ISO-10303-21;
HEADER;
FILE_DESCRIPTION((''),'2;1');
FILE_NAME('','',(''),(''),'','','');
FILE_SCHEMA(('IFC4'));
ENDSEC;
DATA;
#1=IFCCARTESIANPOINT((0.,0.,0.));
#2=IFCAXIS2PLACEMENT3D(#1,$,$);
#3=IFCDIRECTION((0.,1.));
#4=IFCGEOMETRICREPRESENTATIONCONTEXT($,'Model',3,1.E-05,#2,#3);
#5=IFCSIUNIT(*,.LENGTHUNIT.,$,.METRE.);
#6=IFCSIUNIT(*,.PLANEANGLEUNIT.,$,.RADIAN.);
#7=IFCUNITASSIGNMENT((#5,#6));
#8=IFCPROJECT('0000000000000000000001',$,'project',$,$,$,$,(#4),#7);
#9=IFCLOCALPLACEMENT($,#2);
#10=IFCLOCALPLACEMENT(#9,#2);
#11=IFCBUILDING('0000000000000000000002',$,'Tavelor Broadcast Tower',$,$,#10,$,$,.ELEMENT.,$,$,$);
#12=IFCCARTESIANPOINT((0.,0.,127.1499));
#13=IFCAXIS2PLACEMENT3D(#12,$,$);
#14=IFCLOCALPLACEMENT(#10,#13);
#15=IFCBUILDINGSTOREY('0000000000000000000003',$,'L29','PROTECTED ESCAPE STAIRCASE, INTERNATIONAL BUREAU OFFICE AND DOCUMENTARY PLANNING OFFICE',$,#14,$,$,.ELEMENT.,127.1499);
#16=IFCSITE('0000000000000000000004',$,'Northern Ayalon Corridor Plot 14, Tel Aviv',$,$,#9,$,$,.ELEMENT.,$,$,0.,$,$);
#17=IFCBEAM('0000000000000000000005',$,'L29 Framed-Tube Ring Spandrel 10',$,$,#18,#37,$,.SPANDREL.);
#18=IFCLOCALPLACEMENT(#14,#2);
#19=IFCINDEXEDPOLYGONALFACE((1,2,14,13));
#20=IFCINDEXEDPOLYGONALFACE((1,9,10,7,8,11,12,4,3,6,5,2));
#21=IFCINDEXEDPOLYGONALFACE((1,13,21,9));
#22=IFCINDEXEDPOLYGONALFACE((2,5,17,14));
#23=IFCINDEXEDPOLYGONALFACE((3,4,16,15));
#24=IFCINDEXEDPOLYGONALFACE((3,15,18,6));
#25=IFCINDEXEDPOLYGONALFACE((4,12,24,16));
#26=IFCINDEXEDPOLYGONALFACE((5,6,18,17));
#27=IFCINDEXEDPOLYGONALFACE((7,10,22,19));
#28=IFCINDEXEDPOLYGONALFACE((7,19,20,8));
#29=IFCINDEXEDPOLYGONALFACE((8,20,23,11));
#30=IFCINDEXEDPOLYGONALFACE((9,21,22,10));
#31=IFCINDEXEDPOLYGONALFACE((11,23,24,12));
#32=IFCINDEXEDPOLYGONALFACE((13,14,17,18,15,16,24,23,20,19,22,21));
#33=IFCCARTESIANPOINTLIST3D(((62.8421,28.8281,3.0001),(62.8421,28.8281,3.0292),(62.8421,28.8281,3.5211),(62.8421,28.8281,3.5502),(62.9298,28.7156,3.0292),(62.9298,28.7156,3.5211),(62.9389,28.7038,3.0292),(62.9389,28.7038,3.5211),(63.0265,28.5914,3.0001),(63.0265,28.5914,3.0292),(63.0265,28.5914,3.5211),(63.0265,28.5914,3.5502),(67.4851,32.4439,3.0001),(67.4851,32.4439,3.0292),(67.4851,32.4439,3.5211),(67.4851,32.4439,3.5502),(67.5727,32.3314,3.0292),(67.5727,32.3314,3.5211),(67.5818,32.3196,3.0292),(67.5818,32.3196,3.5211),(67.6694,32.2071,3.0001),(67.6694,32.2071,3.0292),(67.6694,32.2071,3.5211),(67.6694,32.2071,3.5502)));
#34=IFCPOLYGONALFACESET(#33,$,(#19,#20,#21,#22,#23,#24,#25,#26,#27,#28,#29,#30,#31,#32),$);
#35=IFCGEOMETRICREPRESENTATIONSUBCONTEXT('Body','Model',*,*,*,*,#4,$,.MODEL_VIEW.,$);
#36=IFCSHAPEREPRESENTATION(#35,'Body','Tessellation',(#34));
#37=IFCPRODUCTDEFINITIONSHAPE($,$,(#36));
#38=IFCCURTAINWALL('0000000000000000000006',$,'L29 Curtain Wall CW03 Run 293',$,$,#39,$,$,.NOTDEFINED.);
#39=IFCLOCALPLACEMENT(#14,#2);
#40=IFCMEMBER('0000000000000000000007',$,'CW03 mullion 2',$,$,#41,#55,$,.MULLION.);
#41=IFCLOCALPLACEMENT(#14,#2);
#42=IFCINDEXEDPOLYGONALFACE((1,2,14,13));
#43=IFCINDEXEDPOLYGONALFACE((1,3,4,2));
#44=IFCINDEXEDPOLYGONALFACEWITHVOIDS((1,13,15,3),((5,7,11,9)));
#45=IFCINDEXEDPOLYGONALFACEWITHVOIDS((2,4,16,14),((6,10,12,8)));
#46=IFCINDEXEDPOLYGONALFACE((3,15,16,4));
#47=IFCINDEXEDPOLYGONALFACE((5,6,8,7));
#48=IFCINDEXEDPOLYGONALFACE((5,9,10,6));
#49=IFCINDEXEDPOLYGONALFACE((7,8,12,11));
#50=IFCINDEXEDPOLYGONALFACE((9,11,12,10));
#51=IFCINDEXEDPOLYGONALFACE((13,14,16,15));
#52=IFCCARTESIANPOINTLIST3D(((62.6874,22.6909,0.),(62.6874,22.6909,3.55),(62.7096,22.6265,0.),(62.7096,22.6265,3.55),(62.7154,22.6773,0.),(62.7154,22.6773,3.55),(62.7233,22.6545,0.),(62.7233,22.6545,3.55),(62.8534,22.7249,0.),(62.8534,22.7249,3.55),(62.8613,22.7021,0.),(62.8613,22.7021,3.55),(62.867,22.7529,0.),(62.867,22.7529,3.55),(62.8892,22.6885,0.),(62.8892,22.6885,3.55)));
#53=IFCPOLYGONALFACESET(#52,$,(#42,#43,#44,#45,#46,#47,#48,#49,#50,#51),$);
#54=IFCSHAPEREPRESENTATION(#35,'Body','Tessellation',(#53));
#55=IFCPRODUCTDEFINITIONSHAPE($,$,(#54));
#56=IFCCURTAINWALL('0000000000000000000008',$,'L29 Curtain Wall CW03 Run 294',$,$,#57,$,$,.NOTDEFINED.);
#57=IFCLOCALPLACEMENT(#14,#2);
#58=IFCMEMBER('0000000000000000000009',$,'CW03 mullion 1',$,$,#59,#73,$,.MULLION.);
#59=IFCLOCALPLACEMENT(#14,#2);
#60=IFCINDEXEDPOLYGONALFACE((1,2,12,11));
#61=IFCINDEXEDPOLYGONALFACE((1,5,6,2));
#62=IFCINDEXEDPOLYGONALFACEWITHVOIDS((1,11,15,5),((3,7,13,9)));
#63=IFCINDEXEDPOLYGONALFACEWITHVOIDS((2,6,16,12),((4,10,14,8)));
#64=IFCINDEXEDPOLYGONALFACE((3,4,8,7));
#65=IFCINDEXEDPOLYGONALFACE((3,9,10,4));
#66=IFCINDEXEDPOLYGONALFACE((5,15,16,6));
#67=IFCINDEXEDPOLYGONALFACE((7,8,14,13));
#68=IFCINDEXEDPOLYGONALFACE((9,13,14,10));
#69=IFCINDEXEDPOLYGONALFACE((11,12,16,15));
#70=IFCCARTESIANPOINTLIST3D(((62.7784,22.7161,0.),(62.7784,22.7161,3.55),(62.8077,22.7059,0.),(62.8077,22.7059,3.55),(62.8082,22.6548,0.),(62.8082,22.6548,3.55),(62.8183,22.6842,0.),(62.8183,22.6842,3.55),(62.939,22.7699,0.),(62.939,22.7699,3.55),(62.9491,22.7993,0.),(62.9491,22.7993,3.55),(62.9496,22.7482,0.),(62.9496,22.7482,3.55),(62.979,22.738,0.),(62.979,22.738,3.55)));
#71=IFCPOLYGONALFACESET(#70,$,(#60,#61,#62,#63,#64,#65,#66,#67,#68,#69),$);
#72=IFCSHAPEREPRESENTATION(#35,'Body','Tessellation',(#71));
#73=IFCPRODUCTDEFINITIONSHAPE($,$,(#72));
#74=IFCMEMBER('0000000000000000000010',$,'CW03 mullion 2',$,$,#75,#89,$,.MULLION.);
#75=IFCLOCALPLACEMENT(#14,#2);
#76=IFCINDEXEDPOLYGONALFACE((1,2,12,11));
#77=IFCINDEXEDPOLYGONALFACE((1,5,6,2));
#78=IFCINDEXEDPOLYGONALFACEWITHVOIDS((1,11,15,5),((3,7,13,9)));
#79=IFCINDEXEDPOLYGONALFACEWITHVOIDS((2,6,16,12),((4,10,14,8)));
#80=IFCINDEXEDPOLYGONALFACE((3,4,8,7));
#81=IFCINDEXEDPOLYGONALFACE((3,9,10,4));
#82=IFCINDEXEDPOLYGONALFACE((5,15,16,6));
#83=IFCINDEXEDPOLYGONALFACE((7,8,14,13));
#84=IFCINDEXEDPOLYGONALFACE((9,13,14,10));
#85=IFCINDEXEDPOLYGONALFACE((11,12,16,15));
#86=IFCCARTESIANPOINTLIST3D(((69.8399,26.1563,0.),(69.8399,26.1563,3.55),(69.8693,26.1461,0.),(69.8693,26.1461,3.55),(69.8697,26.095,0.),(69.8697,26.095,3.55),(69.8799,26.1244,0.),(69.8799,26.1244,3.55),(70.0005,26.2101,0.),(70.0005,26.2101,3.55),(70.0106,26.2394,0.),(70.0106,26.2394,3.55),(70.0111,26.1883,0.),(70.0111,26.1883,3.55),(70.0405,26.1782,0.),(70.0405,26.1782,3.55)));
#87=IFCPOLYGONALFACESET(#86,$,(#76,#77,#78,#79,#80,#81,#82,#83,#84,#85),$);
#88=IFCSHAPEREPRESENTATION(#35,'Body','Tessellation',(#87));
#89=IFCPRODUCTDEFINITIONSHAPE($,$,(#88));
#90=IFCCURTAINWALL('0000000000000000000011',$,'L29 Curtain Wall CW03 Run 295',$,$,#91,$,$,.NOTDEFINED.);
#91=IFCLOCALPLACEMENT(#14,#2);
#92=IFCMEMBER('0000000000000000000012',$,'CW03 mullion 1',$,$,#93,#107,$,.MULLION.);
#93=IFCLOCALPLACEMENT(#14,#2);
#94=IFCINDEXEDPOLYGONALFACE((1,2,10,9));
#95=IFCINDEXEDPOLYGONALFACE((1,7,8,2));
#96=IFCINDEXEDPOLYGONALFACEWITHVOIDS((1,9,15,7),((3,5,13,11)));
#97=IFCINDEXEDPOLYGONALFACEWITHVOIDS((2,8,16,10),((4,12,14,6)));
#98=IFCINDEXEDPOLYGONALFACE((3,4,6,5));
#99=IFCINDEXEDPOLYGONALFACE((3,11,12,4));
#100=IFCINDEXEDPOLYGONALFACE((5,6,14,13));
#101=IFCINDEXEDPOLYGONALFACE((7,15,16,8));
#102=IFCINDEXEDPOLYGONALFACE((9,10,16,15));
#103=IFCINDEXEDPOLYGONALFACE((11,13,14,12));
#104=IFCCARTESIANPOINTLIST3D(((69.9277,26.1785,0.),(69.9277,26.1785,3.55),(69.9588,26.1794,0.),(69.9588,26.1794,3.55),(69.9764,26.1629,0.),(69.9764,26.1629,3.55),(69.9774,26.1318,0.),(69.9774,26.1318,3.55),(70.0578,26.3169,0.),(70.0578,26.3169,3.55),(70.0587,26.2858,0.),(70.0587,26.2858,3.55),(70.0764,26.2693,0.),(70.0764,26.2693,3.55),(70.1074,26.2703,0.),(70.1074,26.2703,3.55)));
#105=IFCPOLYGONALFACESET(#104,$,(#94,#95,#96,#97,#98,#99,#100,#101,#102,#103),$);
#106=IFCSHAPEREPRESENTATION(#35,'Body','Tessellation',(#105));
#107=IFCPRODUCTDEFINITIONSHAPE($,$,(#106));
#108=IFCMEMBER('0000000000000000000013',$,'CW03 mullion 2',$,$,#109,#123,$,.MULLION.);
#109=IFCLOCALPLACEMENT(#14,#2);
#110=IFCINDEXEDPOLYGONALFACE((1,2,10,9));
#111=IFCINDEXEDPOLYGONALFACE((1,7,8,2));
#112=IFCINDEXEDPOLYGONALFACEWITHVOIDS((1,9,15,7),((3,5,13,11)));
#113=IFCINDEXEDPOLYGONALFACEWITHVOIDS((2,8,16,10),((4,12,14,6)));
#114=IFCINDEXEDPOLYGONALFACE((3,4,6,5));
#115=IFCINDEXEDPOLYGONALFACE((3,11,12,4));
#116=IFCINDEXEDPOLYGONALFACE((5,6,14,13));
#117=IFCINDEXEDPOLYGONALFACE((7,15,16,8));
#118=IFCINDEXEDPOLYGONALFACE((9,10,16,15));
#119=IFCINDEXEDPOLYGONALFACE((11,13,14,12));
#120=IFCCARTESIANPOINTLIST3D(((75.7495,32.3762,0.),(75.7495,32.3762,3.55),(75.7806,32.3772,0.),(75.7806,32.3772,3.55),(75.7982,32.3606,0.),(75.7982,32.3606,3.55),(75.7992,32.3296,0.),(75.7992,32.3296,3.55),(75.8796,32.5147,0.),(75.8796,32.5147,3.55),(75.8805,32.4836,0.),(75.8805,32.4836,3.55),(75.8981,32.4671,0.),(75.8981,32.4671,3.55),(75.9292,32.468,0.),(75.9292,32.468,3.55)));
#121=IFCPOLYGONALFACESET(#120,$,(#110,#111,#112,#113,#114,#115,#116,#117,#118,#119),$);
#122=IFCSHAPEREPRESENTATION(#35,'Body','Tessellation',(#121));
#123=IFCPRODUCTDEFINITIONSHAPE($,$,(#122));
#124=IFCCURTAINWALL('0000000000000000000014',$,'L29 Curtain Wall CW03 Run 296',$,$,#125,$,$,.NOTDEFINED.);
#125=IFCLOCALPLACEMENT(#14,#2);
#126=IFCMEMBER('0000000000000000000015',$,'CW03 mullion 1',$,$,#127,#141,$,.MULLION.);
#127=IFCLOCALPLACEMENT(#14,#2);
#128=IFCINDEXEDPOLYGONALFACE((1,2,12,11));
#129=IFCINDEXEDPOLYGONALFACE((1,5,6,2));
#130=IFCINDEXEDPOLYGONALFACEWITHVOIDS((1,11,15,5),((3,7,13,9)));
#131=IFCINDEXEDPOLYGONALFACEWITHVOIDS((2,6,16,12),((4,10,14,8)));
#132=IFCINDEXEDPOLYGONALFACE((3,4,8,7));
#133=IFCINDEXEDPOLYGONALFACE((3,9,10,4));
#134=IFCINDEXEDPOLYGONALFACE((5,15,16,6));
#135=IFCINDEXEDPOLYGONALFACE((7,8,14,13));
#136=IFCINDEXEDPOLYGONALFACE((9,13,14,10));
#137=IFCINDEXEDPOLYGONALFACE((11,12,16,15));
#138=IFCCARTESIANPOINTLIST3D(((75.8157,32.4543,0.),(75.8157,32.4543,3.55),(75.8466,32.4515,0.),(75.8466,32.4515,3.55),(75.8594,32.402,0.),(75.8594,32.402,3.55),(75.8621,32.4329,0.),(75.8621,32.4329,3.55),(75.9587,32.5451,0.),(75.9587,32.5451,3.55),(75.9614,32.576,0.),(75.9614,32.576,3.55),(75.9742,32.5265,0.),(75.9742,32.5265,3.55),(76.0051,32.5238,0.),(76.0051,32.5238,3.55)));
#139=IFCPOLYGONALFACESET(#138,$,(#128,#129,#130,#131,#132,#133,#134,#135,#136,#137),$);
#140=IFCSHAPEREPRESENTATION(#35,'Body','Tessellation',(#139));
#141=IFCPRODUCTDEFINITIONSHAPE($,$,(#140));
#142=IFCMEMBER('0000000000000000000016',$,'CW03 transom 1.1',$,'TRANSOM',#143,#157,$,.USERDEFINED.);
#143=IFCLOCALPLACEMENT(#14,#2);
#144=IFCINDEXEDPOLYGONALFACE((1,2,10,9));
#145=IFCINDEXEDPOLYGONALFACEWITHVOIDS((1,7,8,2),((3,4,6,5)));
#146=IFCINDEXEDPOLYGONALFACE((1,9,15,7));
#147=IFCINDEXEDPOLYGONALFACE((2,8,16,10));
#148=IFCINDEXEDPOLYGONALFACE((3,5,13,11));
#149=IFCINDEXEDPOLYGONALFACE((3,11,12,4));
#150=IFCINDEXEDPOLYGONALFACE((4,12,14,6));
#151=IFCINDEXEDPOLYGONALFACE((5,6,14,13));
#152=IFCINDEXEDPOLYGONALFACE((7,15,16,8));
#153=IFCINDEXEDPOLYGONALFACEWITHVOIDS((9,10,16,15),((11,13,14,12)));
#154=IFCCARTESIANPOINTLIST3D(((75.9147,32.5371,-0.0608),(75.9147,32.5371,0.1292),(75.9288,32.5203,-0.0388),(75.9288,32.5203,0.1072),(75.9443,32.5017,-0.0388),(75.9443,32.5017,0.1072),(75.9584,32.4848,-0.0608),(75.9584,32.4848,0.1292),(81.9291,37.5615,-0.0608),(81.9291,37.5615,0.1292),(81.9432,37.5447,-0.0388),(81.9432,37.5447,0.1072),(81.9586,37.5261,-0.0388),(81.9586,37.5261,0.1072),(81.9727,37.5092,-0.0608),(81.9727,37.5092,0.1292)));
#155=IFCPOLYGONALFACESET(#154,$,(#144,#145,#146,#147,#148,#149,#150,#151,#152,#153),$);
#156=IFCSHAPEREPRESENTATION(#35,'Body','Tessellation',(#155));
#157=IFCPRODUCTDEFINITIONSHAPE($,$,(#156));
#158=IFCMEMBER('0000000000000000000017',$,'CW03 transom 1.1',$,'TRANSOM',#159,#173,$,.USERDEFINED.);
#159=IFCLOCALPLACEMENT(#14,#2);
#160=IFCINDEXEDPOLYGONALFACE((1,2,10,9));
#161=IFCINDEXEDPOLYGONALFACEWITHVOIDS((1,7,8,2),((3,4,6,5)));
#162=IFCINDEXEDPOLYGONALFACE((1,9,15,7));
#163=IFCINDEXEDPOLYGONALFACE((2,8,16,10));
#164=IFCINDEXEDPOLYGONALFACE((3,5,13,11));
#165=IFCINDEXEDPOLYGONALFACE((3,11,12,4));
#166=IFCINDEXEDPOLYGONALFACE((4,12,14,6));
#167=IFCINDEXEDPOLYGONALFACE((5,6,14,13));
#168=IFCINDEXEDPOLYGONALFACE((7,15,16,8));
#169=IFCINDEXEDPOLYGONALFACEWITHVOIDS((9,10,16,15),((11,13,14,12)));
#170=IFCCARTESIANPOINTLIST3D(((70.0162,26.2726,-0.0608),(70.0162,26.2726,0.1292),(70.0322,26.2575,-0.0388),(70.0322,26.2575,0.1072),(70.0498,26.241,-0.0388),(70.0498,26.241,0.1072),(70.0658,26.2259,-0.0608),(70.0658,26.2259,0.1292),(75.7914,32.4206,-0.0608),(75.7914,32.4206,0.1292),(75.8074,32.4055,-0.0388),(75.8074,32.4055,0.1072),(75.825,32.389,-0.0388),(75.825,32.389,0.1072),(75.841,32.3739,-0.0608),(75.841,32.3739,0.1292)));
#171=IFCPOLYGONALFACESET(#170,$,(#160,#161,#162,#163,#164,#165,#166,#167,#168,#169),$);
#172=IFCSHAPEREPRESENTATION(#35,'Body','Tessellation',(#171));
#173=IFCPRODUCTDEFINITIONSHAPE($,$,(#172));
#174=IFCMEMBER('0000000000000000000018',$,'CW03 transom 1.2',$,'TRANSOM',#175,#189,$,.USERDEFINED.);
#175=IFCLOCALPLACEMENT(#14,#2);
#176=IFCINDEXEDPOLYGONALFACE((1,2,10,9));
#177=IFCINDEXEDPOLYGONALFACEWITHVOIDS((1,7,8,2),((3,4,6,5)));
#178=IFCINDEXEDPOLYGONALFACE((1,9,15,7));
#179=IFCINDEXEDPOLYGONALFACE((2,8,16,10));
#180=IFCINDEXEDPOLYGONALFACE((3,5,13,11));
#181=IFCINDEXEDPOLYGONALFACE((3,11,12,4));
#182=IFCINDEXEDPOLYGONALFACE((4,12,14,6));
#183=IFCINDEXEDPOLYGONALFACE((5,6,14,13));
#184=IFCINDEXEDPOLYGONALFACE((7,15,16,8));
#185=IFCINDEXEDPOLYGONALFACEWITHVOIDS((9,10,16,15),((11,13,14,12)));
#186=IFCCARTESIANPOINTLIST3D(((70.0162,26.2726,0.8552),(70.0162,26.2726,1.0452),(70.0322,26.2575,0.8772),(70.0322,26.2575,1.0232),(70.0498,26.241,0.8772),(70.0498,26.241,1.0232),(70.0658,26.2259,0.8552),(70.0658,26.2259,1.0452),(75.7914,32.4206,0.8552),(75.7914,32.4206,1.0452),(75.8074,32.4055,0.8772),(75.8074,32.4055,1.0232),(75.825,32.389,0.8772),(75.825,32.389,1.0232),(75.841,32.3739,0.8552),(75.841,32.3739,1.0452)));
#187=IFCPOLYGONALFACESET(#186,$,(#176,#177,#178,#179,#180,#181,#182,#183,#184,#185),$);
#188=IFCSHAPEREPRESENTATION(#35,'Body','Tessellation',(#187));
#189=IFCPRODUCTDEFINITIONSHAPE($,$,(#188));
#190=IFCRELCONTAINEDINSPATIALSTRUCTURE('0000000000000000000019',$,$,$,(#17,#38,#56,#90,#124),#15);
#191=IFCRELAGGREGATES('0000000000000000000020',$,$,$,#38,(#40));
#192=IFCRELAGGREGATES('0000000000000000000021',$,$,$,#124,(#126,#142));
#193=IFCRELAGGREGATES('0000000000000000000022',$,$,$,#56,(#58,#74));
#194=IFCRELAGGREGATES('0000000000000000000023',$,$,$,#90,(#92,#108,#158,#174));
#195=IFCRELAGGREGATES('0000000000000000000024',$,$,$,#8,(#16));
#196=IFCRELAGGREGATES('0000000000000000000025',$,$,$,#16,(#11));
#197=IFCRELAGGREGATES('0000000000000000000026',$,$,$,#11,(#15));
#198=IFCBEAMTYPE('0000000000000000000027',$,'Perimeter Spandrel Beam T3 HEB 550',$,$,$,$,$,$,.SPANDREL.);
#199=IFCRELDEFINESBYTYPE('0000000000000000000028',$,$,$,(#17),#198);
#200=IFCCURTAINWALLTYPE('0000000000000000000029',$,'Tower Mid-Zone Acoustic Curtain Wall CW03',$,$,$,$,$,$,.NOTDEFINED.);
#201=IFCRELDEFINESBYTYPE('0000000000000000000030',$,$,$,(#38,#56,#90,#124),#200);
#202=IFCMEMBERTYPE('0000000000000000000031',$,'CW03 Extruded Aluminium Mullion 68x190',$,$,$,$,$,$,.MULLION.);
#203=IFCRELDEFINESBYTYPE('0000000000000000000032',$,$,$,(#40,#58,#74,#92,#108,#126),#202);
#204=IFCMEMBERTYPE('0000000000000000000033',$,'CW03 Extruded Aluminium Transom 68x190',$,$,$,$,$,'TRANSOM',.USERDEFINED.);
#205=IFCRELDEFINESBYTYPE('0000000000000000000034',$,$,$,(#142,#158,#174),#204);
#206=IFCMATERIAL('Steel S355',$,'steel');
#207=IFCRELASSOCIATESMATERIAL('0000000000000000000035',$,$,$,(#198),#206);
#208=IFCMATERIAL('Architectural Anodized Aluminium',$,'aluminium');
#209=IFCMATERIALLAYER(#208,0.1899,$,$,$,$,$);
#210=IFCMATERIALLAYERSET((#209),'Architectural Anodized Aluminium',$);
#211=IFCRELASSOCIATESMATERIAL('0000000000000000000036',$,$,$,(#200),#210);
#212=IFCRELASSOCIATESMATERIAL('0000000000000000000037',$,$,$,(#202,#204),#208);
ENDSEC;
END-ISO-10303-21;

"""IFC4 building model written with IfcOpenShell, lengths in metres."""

from ifc_helpers import new_model, si_unit, direction, frame, origin, origin_2d, place, context, subcontext, project, spatial, hollow_rectangle, i_section, extrude, source, transform, mapped, material, layer, layer_set, material_profile, profile_set, type_object, type_shapes, element, aggregate, save


model = new_model("IFC4")

# Units and contexts
model_context = context("Model", 3, precision=1e-05, world=origin(), true_north=direction((0.0, 1.0)))
body_context = subcontext(model_context, "Body", "Model", "MODEL_VIEW")
ifc_project = project(units=[si_unit("LENGTHUNIT", "METRE"), si_unit("PLANEANGLEUNIT", "RADIAN")], contexts=[model_context])

# Site, building, storey
site_placement = place(None, origin())
site = spatial("IfcSite", under=ifc_project, at=site_placement, Name="Northern Ayalon Corridor Plot 14, Tel Aviv", CompositionType="ELEMENT", RefElevation=0.0)
building_placement = place(site_placement, origin())
building = spatial("IfcBuilding", under=site, at=building_placement, Name="Tavelor Broadcast Tower", CompositionType="ELEMENT")
storey_placement = place(building_placement, frame((0.0, 0.0, 127.1499)))
storey = spatial("IfcBuildingStorey", under=building, at=storey_placement, Name="L29", Description="PROTECTED ESCAPE STAIRCASE, INTERNATIONAL BUREAU OFFICE AND DOCUMENTARY PLANNING OFFICE", CompositionType="ELEMENT", Elevation=127.1499)

# Beam
ifc_material_1 = material(Name="Steel S355", Category="steel")
ifc_material_profile_1 = material_profile(ifc_material_1, i_section(OverallWidth=0.3, OverallDepth=0.55, WebThickness=0.0149, FlangeThickness=0.0291, at=origin_2d()), Name="HEB 550")
ifc_profile_set_1 = profile_set([ifc_material_profile_1], Name="Steel S355")
beam_type = type_object("IfcBeamType", Name="Perimeter Spandrel Beam T3 HEB 550", PredefinedType="SPANDREL", material=ifc_profile_set_1)
beam_placement = place(storey_placement, frame((62.9343, 28.7097, 3.2751), z_axis=(0.78897, 0.614432, 0.0), x_axis=(-0.614432, 0.78897, 0.0)))
element("IfcBeam", 1, at=beam_placement, inside=storey, type_object=beam_type, Name="L29 Framed-Tube Ring Spandrel 10", PredefinedType="SPANDREL", context=body_context, shape_type="SweptSolid", body=[
    extrude(i_section(OverallWidth=0.3, OverallDepth=0.55, WebThickness=0.0149, FlangeThickness=0.0291, at=origin_2d()), origin(), (0.0, 0.0, 1.0), 5.8848),
])

# Curtain wall, member
ifc_material_2 = material(Name="Architectural Anodized Aluminium", Category="aluminium")
ifc_layer_1 = layer(ifc_material_2, 0.1899)
ifc_layer_set_1 = layer_set([ifc_layer_1], Name="Architectural Anodized Aluminium")
curtain_wall_type = type_object("IfcCurtainWallType", Name="Tower Mid-Zone Acoustic Curtain Wall CW03", PredefinedType="NOTDEFINED", material=ifc_layer_set_1)
curtain_wall_1_placement = place(storey_placement, origin())
curtain_wall_1 = element("IfcCurtainWall", 2, at=curtain_wall_1_placement, inside=storey, type_object=curtain_wall_type, Name="L29 Curtain Wall CW03 Run 293", PredefinedType="NOTDEFINED")
ifc_material_profile_2 = material_profile(ifc_material_2, hollow_rectangle(XDim=0.0681, YDim=0.1899, WallThickness=0.022, at=origin_2d()), Name="RHS 68x190x22")
ifc_profile_set_2 = profile_set([ifc_material_profile_2], Name="Architectural Anodized Aluminium")
member_type_1 = type_object("IfcMemberType", Name="CW03 Extruded Aluminium Mullion 68x190", PredefinedType="MULLION", material=ifc_profile_set_2)
shared_shape_1 = source(origin(), body_context, "Body", "SweptSolid", [
    extrude(hollow_rectangle(XDim=0.0681, YDim=0.1899, WallThickness=0.022, at=origin_2d()), origin(), (0.0, 0.0, 1.0), 3.55),
])
type_shapes(member_type_1, [shared_shape_1])
member_1_placement = place(storey_placement, frame((62.7883, 22.6897, 0.0), z_axis=(0.0, 0.0, 1.0), x_axis=(-0.325984, 0.945375, 0.0)))
member_1 = element("IfcMember", 3, at=member_1_placement, type_object=member_type_1, Name="CW03 mullion 2", PredefinedType="MULLION", context=body_context, shape_type="MappedRepresentation", body=[
    mapped(shared_shape_1, transform((0.0, 0.0, 0.0), scale=1.0)),
])
aggregate(curtain_wall_1, [member_1])

# Curtain walls, members
curtain_wall_2_placement = place(storey_placement, origin())
curtain_wall_2 = element("IfcCurtainWall", 4, at=curtain_wall_2_placement, inside=storey, type_object=curtain_wall_type, Name="L29 Curtain Wall CW03 Run 294", PredefinedType="NOTDEFINED")
member_2_placement = place(storey_placement, frame((62.8787, 22.7271, 0.0), z_axis=(0.0, 0.0, 1.0), x_axis=(-0.437971, 0.898989, 0.0)))
member_2 = element("IfcMember", 5, at=member_2_placement, type_object=member_type_1, Name="CW03 mullion 1", PredefinedType="MULLION", context=body_context, shape_type="MappedRepresentation", body=[
    mapped(shared_shape_1, transform((0.0, 0.0, 0.0), scale=1.0)),
])
member_3_placement = place(storey_placement, frame((69.9402, 26.1672, 0.0), z_axis=(0.0, 0.0, 1.0), x_axis=(-0.437971, 0.898989, 0.0)))
member_3 = element("IfcMember", 6, at=member_3_placement, type_object=member_type_1, Name="CW03 mullion 2", PredefinedType="MULLION", context=body_context, shape_type="MappedRepresentation", body=[
    mapped(shared_shape_1, transform((0.0, 0.0, 0.0), scale=1.0)),
])
curtain_wall_3_placement = place(storey_placement, origin())
curtain_wall_3 = element("IfcCurtainWall", 7, at=curtain_wall_3_placement, inside=storey, type_object=curtain_wall_type, Name="L29 Curtain Wall CW03 Run 295", PredefinedType="NOTDEFINED")
member_4_placement = place(storey_placement, frame((70.0176, 26.2244, 0.0), z_axis=(0.0, 0.0, 1.0), x_axis=(-0.728865, 0.684658, 0.0)))
member_4 = element("IfcMember", 8, at=member_4_placement, type_object=member_type_1, Name="CW03 mullion 1", PredefinedType="MULLION", context=body_context, shape_type="MappedRepresentation", body=[
    mapped(shared_shape_1, transform((0.0, 0.0, 0.0), scale=1.0)),
])
member_5_placement = place(storey_placement, frame((75.8394, 32.4221, 0.0), z_axis=(0.0, 0.0, 1.0), x_axis=(-0.728865, 0.684658, 0.0)))
member_5 = element("IfcMember", 9, at=member_5_placement, type_object=member_type_1, Name="CW03 mullion 2", PredefinedType="MULLION", context=body_context, shape_type="MappedRepresentation", body=[
    mapped(shared_shape_1, transform((0.0, 0.0, 0.0), scale=1.0)),
])
curtain_wall_4_placement = place(storey_placement, origin())
curtain_wall_4 = element("IfcCurtainWall", 10, at=curtain_wall_4_placement, inside=storey, type_object=curtain_wall_type, Name="L29 Curtain Wall CW03 Run 296", PredefinedType="NOTDEFINED")
member_6_placement = place(storey_placement, frame((75.9104, 32.489, 0.0), z_axis=(0.0, 0.0, 1.0), x_axis=(-0.641144, 0.767421, 0.0)))
member_6 = element("IfcMember", 11, at=member_6_placement, type_object=member_type_1, Name="CW03 mullion 1", PredefinedType="MULLION", context=body_context, shape_type="MappedRepresentation", body=[
    mapped(shared_shape_1, transform((0.0, 0.0, 0.0), scale=1.0)),
])
ifc_material_profile_3 = material_profile(ifc_material_2, hollow_rectangle(XDim=0.0681, YDim=0.1899, WallThickness=0.022, at=origin_2d()), Name="RHS 68x190x22")
ifc_profile_set_3 = profile_set([ifc_material_profile_3], Name="Architectural Anodized Aluminium")
member_type_2 = type_object("IfcMemberType", Name="CW03 Extruded Aluminium Transom 68x190", ElementType="TRANSOM", PredefinedType="USERDEFINED", material=ifc_profile_set_3)
shared_shape_2 = source(origin(), body_context, "Body", "SweptSolid", [
    extrude(hollow_rectangle(XDim=0.0681, YDim=0.1899, WallThickness=0.022, at=origin_2d()), origin(), (0.0, 0.0, 1.0), 7.8369),
])
member_7_placement = place(storey_placement, frame((75.9365, 32.511, 0.0342), z_axis=(0.767442, 0.641119, 0.0), x_axis=(-0.641119, 0.767442, 0.0)))
member_7 = element("IfcMember", 12, at=member_7_placement, type_object=member_type_2, Name="CW03 transom 1.1", ObjectType="TRANSOM", PredefinedType="USERDEFINED", context=body_context, shape_type="MappedRepresentation", body=[
    mapped(shared_shape_2, transform((0.0, 0.0, 0.0), scale=1.0)),
])
aggregate(curtain_wall_4, [member_6, member_7])

# Members
shared_shape_3 = source(origin(), body_context, "Body", "SweptSolid", [
    extrude(hollow_rectangle(XDim=0.0681, YDim=0.1899, WallThickness=0.022, at=origin_2d()), origin(), (0.0, 0.0, 1.0), 8.4351),
])
member_8_placement = place(storey_placement, frame((70.041, 26.2493, 0.0342), z_axis=(0.684663, 0.72886, 0.0), x_axis=(-0.72886, 0.684663, 0.0)))
member_8 = element("IfcMember", 13, at=member_8_placement, type_object=member_type_2, Name="CW03 transom 1.1", ObjectType="TRANSOM", PredefinedType="USERDEFINED", context=body_context, shape_type="MappedRepresentation", body=[
    mapped(shared_shape_3, transform((0.0, 0.0, 0.0), scale=1.0)),
])
member_9_placement = place(storey_placement, frame((70.041, 26.2493, 0.9502), z_axis=(0.684663, 0.72886, 0.0), x_axis=(-0.72886, 0.684663, 0.0)))
member_9 = element("IfcMember", 14, at=member_9_placement, type_object=member_type_2, Name="CW03 transom 1.2", ObjectType="TRANSOM", PredefinedType="USERDEFINED", context=body_context, shape_type="MappedRepresentation", body=[
    mapped(shared_shape_3, transform((0.0, 0.0, 0.0), scale=1.0)),
])

aggregate(curtain_wall_2, [member_2, member_3])
aggregate(curtain_wall_3, [member_4, member_5, member_8, member_9])

save(model, "model.ifc")
